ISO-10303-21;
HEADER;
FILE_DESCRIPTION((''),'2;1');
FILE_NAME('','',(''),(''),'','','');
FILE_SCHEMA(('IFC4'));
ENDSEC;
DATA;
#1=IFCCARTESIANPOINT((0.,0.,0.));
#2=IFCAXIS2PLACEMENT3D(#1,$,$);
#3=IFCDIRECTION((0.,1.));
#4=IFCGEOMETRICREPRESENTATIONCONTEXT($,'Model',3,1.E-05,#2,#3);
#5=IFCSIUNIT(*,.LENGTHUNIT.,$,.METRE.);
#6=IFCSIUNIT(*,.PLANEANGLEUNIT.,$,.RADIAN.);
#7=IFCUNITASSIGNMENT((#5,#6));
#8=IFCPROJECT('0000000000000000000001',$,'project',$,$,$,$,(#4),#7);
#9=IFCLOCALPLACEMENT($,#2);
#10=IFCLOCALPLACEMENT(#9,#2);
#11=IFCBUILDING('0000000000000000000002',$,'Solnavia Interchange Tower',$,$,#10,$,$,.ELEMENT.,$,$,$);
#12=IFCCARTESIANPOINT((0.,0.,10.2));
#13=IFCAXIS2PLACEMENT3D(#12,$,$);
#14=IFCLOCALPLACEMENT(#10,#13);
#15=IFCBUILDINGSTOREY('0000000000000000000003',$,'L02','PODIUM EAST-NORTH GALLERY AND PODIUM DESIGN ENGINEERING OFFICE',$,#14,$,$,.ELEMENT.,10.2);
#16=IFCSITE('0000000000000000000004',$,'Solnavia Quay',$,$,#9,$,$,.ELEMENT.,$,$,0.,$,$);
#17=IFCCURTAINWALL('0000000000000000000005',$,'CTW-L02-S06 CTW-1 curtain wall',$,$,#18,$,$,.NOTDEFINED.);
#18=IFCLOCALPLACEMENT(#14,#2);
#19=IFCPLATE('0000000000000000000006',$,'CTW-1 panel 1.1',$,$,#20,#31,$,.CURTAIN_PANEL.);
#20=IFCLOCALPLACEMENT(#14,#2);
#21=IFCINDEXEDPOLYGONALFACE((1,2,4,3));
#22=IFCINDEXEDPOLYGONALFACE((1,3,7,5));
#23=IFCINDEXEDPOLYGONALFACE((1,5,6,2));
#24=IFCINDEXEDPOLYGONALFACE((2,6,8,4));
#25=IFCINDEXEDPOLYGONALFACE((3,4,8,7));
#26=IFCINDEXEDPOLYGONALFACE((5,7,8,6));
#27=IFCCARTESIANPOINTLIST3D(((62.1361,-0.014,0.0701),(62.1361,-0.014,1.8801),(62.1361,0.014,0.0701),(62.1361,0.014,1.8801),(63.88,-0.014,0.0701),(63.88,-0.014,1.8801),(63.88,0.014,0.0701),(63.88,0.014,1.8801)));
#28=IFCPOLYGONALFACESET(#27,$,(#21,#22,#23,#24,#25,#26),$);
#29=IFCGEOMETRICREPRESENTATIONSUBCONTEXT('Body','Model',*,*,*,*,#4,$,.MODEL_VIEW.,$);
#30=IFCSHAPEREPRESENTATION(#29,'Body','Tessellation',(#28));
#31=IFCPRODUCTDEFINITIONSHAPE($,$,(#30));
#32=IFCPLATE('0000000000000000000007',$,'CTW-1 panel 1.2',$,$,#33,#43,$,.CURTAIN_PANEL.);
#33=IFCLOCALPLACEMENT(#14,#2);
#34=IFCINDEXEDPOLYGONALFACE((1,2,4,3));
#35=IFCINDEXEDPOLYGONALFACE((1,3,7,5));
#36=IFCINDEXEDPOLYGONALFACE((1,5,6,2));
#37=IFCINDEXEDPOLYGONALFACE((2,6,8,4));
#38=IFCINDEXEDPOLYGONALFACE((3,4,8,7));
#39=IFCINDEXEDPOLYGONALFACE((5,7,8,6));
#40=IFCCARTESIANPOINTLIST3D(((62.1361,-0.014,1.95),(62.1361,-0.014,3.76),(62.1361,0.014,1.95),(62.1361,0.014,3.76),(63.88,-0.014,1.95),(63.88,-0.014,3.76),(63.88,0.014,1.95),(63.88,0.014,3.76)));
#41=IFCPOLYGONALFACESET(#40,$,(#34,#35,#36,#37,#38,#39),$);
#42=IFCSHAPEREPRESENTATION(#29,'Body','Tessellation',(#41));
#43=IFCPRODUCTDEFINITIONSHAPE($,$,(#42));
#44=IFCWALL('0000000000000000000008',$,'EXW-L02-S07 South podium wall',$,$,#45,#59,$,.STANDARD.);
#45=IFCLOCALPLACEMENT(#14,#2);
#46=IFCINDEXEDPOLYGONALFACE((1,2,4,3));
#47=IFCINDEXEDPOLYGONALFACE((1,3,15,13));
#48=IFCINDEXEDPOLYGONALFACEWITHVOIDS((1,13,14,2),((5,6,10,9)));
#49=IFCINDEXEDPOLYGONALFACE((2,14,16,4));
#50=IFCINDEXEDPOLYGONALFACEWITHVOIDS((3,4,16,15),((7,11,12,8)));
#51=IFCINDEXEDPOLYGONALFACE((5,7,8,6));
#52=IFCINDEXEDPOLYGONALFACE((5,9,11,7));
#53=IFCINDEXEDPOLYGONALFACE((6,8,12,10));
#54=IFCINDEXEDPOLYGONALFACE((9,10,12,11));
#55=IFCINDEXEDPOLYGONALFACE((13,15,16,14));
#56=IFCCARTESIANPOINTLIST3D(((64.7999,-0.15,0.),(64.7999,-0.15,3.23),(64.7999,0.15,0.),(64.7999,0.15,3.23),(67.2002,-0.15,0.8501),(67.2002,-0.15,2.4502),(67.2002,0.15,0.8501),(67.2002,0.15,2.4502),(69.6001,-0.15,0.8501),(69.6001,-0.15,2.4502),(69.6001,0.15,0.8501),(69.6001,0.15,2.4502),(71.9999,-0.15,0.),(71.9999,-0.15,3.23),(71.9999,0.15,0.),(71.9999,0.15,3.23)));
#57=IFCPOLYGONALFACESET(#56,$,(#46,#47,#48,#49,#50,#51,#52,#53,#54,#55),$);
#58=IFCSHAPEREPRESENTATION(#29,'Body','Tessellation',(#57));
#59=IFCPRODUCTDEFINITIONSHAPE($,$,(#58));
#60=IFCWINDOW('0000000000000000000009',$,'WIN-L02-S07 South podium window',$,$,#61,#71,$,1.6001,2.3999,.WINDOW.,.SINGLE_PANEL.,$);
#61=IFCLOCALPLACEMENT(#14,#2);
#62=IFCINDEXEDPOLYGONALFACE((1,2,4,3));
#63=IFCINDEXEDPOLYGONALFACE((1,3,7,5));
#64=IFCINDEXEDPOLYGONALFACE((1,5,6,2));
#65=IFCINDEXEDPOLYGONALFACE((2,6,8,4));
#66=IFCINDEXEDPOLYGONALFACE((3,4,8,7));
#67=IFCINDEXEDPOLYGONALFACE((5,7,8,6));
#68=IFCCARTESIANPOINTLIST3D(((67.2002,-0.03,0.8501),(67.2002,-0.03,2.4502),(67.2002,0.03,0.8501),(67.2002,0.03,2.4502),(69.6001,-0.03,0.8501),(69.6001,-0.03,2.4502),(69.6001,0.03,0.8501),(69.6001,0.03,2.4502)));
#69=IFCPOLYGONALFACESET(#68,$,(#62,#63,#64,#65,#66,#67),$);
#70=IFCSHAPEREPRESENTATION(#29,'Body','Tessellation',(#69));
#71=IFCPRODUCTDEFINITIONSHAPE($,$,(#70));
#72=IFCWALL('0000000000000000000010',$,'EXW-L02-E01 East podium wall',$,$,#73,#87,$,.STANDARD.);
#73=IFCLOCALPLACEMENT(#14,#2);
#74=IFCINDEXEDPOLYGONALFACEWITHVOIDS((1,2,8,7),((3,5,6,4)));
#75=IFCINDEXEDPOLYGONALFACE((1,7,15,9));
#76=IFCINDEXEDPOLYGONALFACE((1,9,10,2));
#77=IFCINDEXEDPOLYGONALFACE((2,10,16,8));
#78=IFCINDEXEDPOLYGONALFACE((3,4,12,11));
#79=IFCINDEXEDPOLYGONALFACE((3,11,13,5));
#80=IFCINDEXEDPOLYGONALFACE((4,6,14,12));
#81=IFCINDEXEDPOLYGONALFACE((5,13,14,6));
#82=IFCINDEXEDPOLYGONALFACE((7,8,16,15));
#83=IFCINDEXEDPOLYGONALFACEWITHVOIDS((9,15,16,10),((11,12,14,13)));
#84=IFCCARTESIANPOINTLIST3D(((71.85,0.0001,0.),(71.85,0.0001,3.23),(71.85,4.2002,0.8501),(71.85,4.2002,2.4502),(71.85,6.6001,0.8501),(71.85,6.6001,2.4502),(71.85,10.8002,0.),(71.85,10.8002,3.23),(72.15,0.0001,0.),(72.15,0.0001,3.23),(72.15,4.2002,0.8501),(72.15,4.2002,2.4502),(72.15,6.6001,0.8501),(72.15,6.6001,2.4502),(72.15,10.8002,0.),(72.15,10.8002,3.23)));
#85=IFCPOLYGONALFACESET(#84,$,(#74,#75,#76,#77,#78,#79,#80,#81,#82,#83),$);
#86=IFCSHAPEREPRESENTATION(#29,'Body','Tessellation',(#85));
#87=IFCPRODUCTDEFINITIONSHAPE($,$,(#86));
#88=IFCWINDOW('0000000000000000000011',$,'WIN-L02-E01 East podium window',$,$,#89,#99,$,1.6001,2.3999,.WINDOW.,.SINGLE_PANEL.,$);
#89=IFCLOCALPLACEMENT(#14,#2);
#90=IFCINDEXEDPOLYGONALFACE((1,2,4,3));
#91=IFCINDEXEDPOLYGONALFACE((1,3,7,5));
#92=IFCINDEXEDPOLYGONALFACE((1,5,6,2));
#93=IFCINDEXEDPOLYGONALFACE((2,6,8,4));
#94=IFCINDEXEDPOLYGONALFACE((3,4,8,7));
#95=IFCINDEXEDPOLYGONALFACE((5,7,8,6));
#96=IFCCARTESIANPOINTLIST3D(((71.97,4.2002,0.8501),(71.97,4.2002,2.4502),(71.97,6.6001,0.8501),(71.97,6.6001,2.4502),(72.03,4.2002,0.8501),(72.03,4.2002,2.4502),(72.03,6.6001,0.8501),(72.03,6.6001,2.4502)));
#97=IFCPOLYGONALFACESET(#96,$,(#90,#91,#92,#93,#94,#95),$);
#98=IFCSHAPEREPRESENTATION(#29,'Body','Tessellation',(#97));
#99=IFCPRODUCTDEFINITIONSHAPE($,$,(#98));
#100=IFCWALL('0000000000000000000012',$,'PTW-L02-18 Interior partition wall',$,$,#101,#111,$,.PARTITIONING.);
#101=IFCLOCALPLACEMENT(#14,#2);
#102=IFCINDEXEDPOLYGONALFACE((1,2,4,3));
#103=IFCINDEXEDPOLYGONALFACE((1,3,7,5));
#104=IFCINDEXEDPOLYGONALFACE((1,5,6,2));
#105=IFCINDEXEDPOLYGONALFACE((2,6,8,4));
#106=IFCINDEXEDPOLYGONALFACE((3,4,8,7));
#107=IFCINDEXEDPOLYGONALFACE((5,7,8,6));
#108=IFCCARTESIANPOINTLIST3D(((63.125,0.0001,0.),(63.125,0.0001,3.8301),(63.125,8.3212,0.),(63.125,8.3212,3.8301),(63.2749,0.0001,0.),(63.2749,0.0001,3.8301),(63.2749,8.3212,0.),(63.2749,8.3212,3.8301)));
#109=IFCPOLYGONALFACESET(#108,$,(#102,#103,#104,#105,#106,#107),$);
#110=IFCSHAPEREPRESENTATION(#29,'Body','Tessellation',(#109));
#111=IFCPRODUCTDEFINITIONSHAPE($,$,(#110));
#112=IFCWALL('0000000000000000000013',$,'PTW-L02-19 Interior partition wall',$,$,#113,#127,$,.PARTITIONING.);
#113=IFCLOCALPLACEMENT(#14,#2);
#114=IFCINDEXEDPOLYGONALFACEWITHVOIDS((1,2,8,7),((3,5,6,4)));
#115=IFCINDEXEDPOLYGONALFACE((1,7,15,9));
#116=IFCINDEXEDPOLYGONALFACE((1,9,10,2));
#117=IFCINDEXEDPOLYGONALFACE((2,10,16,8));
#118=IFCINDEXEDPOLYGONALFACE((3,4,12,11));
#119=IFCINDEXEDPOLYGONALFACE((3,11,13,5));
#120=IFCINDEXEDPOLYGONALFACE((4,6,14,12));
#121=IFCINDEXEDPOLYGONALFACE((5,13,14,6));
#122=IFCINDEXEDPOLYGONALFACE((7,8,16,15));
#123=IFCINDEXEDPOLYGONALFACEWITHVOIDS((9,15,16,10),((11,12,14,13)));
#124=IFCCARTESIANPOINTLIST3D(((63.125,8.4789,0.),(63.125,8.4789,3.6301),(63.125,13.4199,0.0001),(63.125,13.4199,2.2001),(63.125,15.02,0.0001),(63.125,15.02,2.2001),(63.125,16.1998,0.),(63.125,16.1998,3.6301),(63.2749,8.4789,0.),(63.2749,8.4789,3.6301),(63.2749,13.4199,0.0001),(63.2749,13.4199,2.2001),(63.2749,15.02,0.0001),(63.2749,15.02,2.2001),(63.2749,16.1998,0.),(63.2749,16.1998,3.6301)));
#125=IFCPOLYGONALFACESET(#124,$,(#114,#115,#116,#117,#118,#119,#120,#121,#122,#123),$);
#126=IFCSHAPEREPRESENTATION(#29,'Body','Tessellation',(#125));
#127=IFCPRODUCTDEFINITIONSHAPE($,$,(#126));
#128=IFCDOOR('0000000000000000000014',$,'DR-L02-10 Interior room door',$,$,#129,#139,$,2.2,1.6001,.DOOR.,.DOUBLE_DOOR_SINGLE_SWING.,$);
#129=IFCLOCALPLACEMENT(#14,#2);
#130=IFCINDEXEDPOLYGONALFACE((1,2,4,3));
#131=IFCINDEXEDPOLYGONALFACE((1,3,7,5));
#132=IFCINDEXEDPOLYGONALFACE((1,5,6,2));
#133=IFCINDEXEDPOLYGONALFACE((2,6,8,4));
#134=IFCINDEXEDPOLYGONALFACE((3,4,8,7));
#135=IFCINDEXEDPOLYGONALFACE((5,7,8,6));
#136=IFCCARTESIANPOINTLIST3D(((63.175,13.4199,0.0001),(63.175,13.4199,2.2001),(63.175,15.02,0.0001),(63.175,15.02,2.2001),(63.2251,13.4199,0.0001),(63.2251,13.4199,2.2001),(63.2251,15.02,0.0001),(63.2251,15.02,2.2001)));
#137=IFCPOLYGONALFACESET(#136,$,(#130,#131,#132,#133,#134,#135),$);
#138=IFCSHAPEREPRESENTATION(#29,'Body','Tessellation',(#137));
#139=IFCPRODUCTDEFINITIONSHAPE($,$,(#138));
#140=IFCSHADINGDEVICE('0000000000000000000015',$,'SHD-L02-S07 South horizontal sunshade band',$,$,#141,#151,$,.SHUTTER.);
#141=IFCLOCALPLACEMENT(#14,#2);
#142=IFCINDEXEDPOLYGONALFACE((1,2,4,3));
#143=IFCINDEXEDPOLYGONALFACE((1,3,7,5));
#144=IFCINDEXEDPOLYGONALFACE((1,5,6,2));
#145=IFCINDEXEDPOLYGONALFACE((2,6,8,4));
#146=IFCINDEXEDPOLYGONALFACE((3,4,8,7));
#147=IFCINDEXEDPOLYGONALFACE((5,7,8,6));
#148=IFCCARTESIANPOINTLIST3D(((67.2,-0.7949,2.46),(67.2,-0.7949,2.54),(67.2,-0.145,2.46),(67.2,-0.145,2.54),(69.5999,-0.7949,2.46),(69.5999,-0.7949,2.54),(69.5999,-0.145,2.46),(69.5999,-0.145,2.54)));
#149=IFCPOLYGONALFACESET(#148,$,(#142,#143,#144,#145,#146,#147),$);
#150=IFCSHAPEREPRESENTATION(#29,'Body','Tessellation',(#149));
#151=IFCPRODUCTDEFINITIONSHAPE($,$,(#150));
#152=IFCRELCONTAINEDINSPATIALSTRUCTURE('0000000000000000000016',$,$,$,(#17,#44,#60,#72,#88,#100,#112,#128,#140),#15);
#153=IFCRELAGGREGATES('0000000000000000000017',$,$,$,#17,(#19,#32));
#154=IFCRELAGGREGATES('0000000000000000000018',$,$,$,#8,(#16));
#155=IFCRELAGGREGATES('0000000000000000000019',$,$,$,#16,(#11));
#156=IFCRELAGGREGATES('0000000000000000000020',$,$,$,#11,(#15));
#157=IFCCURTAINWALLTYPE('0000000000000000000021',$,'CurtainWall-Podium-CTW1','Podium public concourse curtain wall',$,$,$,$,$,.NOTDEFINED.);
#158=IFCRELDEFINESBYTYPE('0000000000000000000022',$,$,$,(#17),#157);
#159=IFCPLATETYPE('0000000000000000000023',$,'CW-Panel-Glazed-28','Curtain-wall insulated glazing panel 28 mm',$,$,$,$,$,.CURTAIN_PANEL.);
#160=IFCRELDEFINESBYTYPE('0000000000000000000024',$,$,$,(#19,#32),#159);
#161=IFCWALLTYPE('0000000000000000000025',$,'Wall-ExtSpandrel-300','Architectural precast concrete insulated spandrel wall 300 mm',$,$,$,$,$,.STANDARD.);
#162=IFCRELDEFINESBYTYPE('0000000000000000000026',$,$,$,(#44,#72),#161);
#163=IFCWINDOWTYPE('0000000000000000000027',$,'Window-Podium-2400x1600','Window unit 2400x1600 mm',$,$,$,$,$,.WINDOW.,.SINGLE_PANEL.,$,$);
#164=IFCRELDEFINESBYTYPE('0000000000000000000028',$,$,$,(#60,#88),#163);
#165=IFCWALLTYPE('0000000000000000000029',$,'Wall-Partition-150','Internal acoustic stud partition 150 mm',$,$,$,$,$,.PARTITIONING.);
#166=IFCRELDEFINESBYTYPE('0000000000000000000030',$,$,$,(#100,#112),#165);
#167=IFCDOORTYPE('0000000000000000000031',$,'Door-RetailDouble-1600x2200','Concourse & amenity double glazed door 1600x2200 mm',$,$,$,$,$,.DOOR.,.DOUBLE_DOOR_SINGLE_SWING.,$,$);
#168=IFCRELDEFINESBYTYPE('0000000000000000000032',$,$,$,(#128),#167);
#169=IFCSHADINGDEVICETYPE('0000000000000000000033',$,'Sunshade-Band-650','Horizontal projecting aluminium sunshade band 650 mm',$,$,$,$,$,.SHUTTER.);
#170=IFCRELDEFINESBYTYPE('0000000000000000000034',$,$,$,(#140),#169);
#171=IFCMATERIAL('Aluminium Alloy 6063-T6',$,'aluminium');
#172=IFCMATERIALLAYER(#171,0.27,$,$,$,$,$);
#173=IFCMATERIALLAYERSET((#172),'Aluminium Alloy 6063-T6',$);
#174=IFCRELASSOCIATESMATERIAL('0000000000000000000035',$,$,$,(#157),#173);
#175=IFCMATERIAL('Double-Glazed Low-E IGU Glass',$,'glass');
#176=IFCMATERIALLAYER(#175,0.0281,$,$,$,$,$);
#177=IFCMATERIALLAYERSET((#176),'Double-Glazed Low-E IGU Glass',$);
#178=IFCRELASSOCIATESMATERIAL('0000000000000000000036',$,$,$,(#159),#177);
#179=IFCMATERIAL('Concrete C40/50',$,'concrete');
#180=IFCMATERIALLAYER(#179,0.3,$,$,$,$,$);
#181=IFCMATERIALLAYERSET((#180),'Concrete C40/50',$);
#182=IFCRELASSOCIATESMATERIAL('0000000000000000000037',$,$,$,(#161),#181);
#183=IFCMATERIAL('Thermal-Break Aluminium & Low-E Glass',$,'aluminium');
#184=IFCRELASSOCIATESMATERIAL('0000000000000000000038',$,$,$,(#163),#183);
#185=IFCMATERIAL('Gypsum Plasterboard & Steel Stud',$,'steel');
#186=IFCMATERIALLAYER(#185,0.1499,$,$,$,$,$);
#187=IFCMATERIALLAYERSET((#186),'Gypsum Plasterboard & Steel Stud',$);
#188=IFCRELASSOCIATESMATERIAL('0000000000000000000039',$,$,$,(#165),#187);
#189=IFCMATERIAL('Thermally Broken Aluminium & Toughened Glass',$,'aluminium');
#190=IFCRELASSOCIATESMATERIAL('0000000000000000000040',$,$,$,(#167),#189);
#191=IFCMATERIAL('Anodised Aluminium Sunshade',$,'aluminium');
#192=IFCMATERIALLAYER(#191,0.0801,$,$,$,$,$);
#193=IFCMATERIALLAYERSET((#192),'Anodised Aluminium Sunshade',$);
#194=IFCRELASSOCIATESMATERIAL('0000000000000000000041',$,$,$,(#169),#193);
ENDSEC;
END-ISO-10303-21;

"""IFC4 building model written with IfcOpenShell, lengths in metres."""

from ifc_helpers import new_model, si_unit, direction, frame, frame_2d, origin, origin_2d, place, context, subcontext, project, spatial, rectangle, extrude, material, layer, layer_set, type_object, element, fill, aggregate, save


model = new_model("IFC4")

# Units and contexts
model_context = context("Model", 3, precision=1e-05, world=origin(), true_north=direction((0.0, 1.0)))
body_context = subcontext(model_context, "Body", "Model", "MODEL_VIEW")
ifc_project = project(units=[si_unit("LENGTHUNIT", "METRE"), si_unit("PLANEANGLEUNIT", "RADIAN")], contexts=[model_context])

# Site, building, storey
site_placement = place(None, origin())
site = spatial("IfcSite", under=ifc_project, at=site_placement, Name="Solnavia Quay", CompositionType="ELEMENT", RefElevation=0.0)
building_placement = place(site_placement, origin())
building = spatial("IfcBuilding", under=site, at=building_placement, Name="Solnavia Interchange Tower", CompositionType="ELEMENT")
storey_placement = place(building_placement, frame((0.0, 0.0, 10.2)))
storey = spatial("IfcBuildingStorey", under=building, at=storey_placement, Name="L02", Description="PODIUM EAST-NORTH GALLERY AND PODIUM DESIGN ENGINEERING OFFICE", CompositionType="ELEMENT", Elevation=10.2)

# Curtain wall, plates
ifc_material_1 = material(Name="Aluminium Alloy 6063-T6", Category="aluminium")
ifc_layer_1 = layer(ifc_material_1, 0.27)
ifc_layer_set_1 = layer_set([ifc_layer_1], Name="Aluminium Alloy 6063-T6")
curtain_wall_type = type_object("IfcCurtainWallType", Name="CurtainWall-Podium-CTW1", Description="Podium public concourse curtain wall", PredefinedType="NOTDEFINED", material=ifc_layer_set_1)
curtain_wall_placement = place(storey_placement, origin())
curtain_wall = element("IfcCurtainWall", 1, at=curtain_wall_placement, inside=storey, type_object=curtain_wall_type, Name="CTW-L02-S06 CTW-1 curtain wall", PredefinedType="NOTDEFINED")
ifc_material_2 = material(Name="Double-Glazed Low-E IGU Glass", Category="glass")
ifc_layer_2 = layer(ifc_material_2, 0.0281)
ifc_layer_set_2 = layer_set([ifc_layer_2], Name="Double-Glazed Low-E IGU Glass")
plate_type = type_object("IfcPlateType", Name="CW-Panel-Glazed-28", Description="Curtain-wall insulated glazing panel 28 mm", PredefinedType="CURTAIN_PANEL", material=ifc_layer_set_2)
plate_1_placement = place(storey_placement, frame((63.0081, 0.0, 0.0701), z_axis=(0.0, 0.0, 1.0), x_axis=(-1.0, 0.0, 0.0)))
plate_1 = element("IfcPlate", 2, at=plate_1_placement, type_object=plate_type, Name="CTW-1 panel 1.1", PredefinedType="CURTAIN_PANEL", context=body_context, shape_type="SweptSolid", body=[
    extrude(rectangle(XDim=1.7439, YDim=0.0281, at=origin_2d()), origin(), (0.0, 0.0, 1.0), 1.8101),
])
plate_2_placement = place(storey_placement, frame((63.0081, 0.0, 1.95), z_axis=(0.0, 0.0, 1.0), x_axis=(-1.0, 0.0, 0.0)))
plate_2 = element("IfcPlate", 3, at=plate_2_placement, type_object=plate_type, Name="CTW-1 panel 1.2", PredefinedType="CURTAIN_PANEL", context=body_context, shape_type="SweptSolid", body=[
    extrude(rectangle(XDim=1.7439, YDim=0.0281, at=origin_2d()), origin(), (0.0, 0.0, 1.0), 1.8101),
])
aggregate(curtain_wall, [plate_1, plate_2])

# Walls, openings, windows
ifc_material_3 = material(Name="Concrete C40/50", Category="concrete")
ifc_layer_3 = layer(ifc_material_3, 0.3)
ifc_layer_set_3 = layer_set([ifc_layer_3], Name="Concrete C40/50")
wall_type_1 = type_object("IfcWallType", Name="Wall-ExtSpandrel-300", Description="Architectural precast concrete insulated spandrel wall 300 mm", PredefinedType="STANDARD", material=ifc_layer_set_3)
wall_1_placement = place(storey_placement, frame((72.0, 0.0, 0.0), z_axis=(0.0, 0.0, 1.0), x_axis=(-1.0, 0.0, 0.0)))
wall_1 = element("IfcWall", 4, at=wall_1_placement, inside=storey, type_object=wall_type_1, Name="EXW-L02-S07 South podium wall", PredefinedType="STANDARD", context=body_context, shape_type="SweptSolid", body=[
    extrude(rectangle(XDim=7.2, YDim=0.3, at=frame_2d((3.6001, 0.0))), origin(), (0.0, 0.0, 1.0), 3.23),
])
opening_1_placement = place(wall_1_placement, frame((2.3999, 0.0, 0.8501)))
opening_1 = element("IfcOpeningElement", 5, at=opening_1_placement, cuts=wall_1, PredefinedType="OPENING", context=body_context, shape_type="SweptSolid", body=[
    extrude(rectangle(XDim=2.3999, YDim=1.6001, at=frame_2d((1.2, 0.8))), frame((0.0, 0.1602, 0.0), z_axis=(0.0, -1.0, 0.0), x_axis=(1.0, 0.0, 0.0)), (0.0, 0.0, 1.0), 0.3201),
])
ifc_material_4 = material(Name="Thermal-Break Aluminium & Low-E Glass", Category="aluminium")
window_type = type_object("IfcWindowType", Name="Window-Podium-2400x1600", Description="Window unit 2400x1600 mm", PartitioningType="SINGLE_PANEL", PredefinedType="WINDOW", material=ifc_material_4)
window_1_placement = place(opening_1_placement, origin())
window_1 = element("IfcWindow", 6, at=window_1_placement, inside=storey, type_object=window_type, Name="WIN-L02-S07 South podium window", OverallHeight=1.6001, OverallWidth=2.3999, PartitioningType="SINGLE_PANEL", PredefinedType="WINDOW", context=body_context, shape_type="SweptSolid", body=[
    extrude(rectangle(XDim=2.3999, YDim=1.6001, at=frame_2d((1.2, 0.8))), frame((0.0, 0.03, 0.0), z_axis=(0.0, -1.0, 0.0), x_axis=(1.0, 0.0, 0.0)), (0.0, 0.0, 1.0), 0.0601),
])
fill(opening_1, window_1)
wall_2_placement = place(storey_placement, frame((72.0, 10.8, 0.0), z_axis=(0.0, 0.0, 1.0), x_axis=(0.0, -1.0, 0.0)))
wall_2 = element("IfcWall", 7, at=wall_2_placement, inside=storey, type_object=wall_type_1, Name="EXW-L02-E01 East podium wall", PredefinedType="STANDARD", context=body_context, shape_type="SweptSolid", body=[
    extrude(rectangle(XDim=10.8, YDim=0.3, at=frame_2d((5.3999, 0.0))), origin(), (0.0, 0.0, 1.0), 3.23),
])
opening_2_placement = place(wall_2_placement, frame((4.2, 0.0, 0.8501)))
opening_2 = element("IfcOpeningElement", 8, at=opening_2_placement, cuts=wall_2, PredefinedType="OPENING", context=body_context, shape_type="SweptSolid", body=[
    extrude(rectangle(XDim=2.3999, YDim=1.6001, at=frame_2d((1.2, 0.8))), frame((0.0, 0.1602, 0.0), z_axis=(0.0, -1.0, 0.0), x_axis=(1.0, 0.0, 0.0)), (0.0, 0.0, 1.0), 0.3201),
])
window_2_placement = place(opening_2_placement, origin())
window_2 = element("IfcWindow", 9, at=window_2_placement, inside=storey, type_object=window_type, Name="WIN-L02-E01 East podium window", OverallHeight=1.6001, OverallWidth=2.3999, PartitioningType="SINGLE_PANEL", PredefinedType="WINDOW", context=body_context, shape_type="SweptSolid", body=[
    extrude(rectangle(XDim=2.3999, YDim=1.6001, at=frame_2d((1.2, 0.8))), frame((0.0, 0.03, 0.0), z_axis=(0.0, -1.0, 0.0), x_axis=(1.0, 0.0, 0.0)), (0.0, 0.0, 1.0), 0.0601),
])
fill(opening_2, window_2)

# Wall
ifc_material_5 = material(Name="Gypsum Plasterboard & Steel Stud", Category="steel")
ifc_layer_4 = layer(ifc_material_5, 0.1499)
ifc_layer_set_4 = layer_set([ifc_layer_4], Name="Gypsum Plasterboard & Steel Stud")
wall_type_2 = type_object("IfcWallType", Name="Wall-Partition-150", Description="Internal acoustic stud partition 150 mm", PredefinedType="PARTITIONING", material=ifc_layer_set_4)
wall_3_placement = place(storey_placement, frame((63.2, 0.0, 0.0), z_axis=(0.0, 0.0, 1.0), x_axis=(0.0, 1.0, 0.0)))
element("IfcWall", 10, at=wall_3_placement, inside=storey, type_object=wall_type_2, Name="PTW-L02-18 Interior partition wall", PredefinedType="PARTITIONING", context=body_context, shape_type="SweptSolid", body=[
    extrude(rectangle(XDim=8.321, YDim=0.1499, at=frame_2d((4.1606, 0.0))), origin(), (0.0, 0.0, 1.0), 3.8301),
])

# Wall, opening, door
wall_4_placement = place(storey_placement, frame((63.2, 8.479, 0.0), z_axis=(0.0, 0.0, 1.0), x_axis=(0.0, 1.0, 0.0)))
wall_4 = element("IfcWall", 11, at=wall_4_placement, inside=storey, type_object=wall_type_2, Name="PTW-L02-19 Interior partition wall", PredefinedType="PARTITIONING", context=body_context, shape_type="SweptSolid", body=[
    extrude(rectangle(XDim=7.7209, YDim=0.1499, at=frame_2d((3.8604, 0.0))), origin(), (0.0, 0.0, 1.0), 3.6301),
])
opening_3_placement = place(wall_4_placement, frame((4.9409, 0.0, 0.0)))
opening_3 = element("IfcOpeningElement", 12, at=opening_3_placement, cuts=wall_4, PredefinedType="OPENING", context=body_context, shape_type="SweptSolid", body=[
    extrude(rectangle(XDim=1.6001, YDim=2.2, at=frame_2d((0.8, 1.1001))), frame((0.0, 0.085, 0.0), z_axis=(0.0, -1.0, 0.0), x_axis=(1.0, 0.0, 0.0)), (0.0, 0.0, 1.0), 0.1699),
])
ifc_material_6 = material(Name="Thermally Broken Aluminium & Toughened Glass", Category="aluminium")
door_type = type_object("IfcDoorType", Name="Door-RetailDouble-1600x2200", Description="Concourse & amenity double glazed door 1600x2200 mm", OperationType="DOUBLE_DOOR_SINGLE_SWING", PredefinedType="DOOR", material=ifc_material_6)
door_placement = place(opening_3_placement, origin())
door = element("IfcDoor", 13, at=door_placement, inside=storey, type_object=door_type, Name="DR-L02-10 Interior room door", OperationType="DOUBLE_DOOR_SINGLE_SWING", OverallHeight=2.2, OverallWidth=1.6001, PredefinedType="DOOR", context=body_context, shape_type="SweptSolid", body=[
    extrude(rectangle(XDim=1.6001, YDim=2.2, at=frame_2d((0.8, 1.1001))), frame((0.0, 0.0249, 0.0), z_axis=(0.0, -1.0, 0.0), x_axis=(1.0, 0.0, 0.0)), (0.0, 0.0, 1.0), 0.05),
])
fill(opening_3, door)

# Shading device
ifc_material_7 = material(Name="Anodised Aluminium Sunshade", Category="aluminium")
ifc_layer_5 = layer(ifc_material_7, 0.0801)
ifc_layer_set_5 = layer_set([ifc_layer_5], Name="Anodised Aluminium Sunshade")
shading_device_type = type_object("IfcShadingDeviceType", Name="Sunshade-Band-650", Description="Horizontal projecting aluminium sunshade band 650 mm", PredefinedType="SHUTTER", material=ifc_layer_set_5)
shading_device_placement = place(storey_placement, frame((68.3999, -0.47, 2.46), z_axis=(0.0, 0.0, 1.0), x_axis=(1.0, 0.0, 0.0)))
element("IfcShadingDevice", 14, at=shading_device_placement, inside=storey, type_object=shading_device_type, Name="SHD-L02-S07 South horizontal sunshade band", PredefinedType="SHUTTER", context=body_context, shape_type="SweptSolid", body=[
    extrude(rectangle(XDim=2.3999, YDim=0.6499, at=origin_2d()), origin(), (0.0, 0.0, 1.0), 0.0801),
])

save(model, "model.ifc")
